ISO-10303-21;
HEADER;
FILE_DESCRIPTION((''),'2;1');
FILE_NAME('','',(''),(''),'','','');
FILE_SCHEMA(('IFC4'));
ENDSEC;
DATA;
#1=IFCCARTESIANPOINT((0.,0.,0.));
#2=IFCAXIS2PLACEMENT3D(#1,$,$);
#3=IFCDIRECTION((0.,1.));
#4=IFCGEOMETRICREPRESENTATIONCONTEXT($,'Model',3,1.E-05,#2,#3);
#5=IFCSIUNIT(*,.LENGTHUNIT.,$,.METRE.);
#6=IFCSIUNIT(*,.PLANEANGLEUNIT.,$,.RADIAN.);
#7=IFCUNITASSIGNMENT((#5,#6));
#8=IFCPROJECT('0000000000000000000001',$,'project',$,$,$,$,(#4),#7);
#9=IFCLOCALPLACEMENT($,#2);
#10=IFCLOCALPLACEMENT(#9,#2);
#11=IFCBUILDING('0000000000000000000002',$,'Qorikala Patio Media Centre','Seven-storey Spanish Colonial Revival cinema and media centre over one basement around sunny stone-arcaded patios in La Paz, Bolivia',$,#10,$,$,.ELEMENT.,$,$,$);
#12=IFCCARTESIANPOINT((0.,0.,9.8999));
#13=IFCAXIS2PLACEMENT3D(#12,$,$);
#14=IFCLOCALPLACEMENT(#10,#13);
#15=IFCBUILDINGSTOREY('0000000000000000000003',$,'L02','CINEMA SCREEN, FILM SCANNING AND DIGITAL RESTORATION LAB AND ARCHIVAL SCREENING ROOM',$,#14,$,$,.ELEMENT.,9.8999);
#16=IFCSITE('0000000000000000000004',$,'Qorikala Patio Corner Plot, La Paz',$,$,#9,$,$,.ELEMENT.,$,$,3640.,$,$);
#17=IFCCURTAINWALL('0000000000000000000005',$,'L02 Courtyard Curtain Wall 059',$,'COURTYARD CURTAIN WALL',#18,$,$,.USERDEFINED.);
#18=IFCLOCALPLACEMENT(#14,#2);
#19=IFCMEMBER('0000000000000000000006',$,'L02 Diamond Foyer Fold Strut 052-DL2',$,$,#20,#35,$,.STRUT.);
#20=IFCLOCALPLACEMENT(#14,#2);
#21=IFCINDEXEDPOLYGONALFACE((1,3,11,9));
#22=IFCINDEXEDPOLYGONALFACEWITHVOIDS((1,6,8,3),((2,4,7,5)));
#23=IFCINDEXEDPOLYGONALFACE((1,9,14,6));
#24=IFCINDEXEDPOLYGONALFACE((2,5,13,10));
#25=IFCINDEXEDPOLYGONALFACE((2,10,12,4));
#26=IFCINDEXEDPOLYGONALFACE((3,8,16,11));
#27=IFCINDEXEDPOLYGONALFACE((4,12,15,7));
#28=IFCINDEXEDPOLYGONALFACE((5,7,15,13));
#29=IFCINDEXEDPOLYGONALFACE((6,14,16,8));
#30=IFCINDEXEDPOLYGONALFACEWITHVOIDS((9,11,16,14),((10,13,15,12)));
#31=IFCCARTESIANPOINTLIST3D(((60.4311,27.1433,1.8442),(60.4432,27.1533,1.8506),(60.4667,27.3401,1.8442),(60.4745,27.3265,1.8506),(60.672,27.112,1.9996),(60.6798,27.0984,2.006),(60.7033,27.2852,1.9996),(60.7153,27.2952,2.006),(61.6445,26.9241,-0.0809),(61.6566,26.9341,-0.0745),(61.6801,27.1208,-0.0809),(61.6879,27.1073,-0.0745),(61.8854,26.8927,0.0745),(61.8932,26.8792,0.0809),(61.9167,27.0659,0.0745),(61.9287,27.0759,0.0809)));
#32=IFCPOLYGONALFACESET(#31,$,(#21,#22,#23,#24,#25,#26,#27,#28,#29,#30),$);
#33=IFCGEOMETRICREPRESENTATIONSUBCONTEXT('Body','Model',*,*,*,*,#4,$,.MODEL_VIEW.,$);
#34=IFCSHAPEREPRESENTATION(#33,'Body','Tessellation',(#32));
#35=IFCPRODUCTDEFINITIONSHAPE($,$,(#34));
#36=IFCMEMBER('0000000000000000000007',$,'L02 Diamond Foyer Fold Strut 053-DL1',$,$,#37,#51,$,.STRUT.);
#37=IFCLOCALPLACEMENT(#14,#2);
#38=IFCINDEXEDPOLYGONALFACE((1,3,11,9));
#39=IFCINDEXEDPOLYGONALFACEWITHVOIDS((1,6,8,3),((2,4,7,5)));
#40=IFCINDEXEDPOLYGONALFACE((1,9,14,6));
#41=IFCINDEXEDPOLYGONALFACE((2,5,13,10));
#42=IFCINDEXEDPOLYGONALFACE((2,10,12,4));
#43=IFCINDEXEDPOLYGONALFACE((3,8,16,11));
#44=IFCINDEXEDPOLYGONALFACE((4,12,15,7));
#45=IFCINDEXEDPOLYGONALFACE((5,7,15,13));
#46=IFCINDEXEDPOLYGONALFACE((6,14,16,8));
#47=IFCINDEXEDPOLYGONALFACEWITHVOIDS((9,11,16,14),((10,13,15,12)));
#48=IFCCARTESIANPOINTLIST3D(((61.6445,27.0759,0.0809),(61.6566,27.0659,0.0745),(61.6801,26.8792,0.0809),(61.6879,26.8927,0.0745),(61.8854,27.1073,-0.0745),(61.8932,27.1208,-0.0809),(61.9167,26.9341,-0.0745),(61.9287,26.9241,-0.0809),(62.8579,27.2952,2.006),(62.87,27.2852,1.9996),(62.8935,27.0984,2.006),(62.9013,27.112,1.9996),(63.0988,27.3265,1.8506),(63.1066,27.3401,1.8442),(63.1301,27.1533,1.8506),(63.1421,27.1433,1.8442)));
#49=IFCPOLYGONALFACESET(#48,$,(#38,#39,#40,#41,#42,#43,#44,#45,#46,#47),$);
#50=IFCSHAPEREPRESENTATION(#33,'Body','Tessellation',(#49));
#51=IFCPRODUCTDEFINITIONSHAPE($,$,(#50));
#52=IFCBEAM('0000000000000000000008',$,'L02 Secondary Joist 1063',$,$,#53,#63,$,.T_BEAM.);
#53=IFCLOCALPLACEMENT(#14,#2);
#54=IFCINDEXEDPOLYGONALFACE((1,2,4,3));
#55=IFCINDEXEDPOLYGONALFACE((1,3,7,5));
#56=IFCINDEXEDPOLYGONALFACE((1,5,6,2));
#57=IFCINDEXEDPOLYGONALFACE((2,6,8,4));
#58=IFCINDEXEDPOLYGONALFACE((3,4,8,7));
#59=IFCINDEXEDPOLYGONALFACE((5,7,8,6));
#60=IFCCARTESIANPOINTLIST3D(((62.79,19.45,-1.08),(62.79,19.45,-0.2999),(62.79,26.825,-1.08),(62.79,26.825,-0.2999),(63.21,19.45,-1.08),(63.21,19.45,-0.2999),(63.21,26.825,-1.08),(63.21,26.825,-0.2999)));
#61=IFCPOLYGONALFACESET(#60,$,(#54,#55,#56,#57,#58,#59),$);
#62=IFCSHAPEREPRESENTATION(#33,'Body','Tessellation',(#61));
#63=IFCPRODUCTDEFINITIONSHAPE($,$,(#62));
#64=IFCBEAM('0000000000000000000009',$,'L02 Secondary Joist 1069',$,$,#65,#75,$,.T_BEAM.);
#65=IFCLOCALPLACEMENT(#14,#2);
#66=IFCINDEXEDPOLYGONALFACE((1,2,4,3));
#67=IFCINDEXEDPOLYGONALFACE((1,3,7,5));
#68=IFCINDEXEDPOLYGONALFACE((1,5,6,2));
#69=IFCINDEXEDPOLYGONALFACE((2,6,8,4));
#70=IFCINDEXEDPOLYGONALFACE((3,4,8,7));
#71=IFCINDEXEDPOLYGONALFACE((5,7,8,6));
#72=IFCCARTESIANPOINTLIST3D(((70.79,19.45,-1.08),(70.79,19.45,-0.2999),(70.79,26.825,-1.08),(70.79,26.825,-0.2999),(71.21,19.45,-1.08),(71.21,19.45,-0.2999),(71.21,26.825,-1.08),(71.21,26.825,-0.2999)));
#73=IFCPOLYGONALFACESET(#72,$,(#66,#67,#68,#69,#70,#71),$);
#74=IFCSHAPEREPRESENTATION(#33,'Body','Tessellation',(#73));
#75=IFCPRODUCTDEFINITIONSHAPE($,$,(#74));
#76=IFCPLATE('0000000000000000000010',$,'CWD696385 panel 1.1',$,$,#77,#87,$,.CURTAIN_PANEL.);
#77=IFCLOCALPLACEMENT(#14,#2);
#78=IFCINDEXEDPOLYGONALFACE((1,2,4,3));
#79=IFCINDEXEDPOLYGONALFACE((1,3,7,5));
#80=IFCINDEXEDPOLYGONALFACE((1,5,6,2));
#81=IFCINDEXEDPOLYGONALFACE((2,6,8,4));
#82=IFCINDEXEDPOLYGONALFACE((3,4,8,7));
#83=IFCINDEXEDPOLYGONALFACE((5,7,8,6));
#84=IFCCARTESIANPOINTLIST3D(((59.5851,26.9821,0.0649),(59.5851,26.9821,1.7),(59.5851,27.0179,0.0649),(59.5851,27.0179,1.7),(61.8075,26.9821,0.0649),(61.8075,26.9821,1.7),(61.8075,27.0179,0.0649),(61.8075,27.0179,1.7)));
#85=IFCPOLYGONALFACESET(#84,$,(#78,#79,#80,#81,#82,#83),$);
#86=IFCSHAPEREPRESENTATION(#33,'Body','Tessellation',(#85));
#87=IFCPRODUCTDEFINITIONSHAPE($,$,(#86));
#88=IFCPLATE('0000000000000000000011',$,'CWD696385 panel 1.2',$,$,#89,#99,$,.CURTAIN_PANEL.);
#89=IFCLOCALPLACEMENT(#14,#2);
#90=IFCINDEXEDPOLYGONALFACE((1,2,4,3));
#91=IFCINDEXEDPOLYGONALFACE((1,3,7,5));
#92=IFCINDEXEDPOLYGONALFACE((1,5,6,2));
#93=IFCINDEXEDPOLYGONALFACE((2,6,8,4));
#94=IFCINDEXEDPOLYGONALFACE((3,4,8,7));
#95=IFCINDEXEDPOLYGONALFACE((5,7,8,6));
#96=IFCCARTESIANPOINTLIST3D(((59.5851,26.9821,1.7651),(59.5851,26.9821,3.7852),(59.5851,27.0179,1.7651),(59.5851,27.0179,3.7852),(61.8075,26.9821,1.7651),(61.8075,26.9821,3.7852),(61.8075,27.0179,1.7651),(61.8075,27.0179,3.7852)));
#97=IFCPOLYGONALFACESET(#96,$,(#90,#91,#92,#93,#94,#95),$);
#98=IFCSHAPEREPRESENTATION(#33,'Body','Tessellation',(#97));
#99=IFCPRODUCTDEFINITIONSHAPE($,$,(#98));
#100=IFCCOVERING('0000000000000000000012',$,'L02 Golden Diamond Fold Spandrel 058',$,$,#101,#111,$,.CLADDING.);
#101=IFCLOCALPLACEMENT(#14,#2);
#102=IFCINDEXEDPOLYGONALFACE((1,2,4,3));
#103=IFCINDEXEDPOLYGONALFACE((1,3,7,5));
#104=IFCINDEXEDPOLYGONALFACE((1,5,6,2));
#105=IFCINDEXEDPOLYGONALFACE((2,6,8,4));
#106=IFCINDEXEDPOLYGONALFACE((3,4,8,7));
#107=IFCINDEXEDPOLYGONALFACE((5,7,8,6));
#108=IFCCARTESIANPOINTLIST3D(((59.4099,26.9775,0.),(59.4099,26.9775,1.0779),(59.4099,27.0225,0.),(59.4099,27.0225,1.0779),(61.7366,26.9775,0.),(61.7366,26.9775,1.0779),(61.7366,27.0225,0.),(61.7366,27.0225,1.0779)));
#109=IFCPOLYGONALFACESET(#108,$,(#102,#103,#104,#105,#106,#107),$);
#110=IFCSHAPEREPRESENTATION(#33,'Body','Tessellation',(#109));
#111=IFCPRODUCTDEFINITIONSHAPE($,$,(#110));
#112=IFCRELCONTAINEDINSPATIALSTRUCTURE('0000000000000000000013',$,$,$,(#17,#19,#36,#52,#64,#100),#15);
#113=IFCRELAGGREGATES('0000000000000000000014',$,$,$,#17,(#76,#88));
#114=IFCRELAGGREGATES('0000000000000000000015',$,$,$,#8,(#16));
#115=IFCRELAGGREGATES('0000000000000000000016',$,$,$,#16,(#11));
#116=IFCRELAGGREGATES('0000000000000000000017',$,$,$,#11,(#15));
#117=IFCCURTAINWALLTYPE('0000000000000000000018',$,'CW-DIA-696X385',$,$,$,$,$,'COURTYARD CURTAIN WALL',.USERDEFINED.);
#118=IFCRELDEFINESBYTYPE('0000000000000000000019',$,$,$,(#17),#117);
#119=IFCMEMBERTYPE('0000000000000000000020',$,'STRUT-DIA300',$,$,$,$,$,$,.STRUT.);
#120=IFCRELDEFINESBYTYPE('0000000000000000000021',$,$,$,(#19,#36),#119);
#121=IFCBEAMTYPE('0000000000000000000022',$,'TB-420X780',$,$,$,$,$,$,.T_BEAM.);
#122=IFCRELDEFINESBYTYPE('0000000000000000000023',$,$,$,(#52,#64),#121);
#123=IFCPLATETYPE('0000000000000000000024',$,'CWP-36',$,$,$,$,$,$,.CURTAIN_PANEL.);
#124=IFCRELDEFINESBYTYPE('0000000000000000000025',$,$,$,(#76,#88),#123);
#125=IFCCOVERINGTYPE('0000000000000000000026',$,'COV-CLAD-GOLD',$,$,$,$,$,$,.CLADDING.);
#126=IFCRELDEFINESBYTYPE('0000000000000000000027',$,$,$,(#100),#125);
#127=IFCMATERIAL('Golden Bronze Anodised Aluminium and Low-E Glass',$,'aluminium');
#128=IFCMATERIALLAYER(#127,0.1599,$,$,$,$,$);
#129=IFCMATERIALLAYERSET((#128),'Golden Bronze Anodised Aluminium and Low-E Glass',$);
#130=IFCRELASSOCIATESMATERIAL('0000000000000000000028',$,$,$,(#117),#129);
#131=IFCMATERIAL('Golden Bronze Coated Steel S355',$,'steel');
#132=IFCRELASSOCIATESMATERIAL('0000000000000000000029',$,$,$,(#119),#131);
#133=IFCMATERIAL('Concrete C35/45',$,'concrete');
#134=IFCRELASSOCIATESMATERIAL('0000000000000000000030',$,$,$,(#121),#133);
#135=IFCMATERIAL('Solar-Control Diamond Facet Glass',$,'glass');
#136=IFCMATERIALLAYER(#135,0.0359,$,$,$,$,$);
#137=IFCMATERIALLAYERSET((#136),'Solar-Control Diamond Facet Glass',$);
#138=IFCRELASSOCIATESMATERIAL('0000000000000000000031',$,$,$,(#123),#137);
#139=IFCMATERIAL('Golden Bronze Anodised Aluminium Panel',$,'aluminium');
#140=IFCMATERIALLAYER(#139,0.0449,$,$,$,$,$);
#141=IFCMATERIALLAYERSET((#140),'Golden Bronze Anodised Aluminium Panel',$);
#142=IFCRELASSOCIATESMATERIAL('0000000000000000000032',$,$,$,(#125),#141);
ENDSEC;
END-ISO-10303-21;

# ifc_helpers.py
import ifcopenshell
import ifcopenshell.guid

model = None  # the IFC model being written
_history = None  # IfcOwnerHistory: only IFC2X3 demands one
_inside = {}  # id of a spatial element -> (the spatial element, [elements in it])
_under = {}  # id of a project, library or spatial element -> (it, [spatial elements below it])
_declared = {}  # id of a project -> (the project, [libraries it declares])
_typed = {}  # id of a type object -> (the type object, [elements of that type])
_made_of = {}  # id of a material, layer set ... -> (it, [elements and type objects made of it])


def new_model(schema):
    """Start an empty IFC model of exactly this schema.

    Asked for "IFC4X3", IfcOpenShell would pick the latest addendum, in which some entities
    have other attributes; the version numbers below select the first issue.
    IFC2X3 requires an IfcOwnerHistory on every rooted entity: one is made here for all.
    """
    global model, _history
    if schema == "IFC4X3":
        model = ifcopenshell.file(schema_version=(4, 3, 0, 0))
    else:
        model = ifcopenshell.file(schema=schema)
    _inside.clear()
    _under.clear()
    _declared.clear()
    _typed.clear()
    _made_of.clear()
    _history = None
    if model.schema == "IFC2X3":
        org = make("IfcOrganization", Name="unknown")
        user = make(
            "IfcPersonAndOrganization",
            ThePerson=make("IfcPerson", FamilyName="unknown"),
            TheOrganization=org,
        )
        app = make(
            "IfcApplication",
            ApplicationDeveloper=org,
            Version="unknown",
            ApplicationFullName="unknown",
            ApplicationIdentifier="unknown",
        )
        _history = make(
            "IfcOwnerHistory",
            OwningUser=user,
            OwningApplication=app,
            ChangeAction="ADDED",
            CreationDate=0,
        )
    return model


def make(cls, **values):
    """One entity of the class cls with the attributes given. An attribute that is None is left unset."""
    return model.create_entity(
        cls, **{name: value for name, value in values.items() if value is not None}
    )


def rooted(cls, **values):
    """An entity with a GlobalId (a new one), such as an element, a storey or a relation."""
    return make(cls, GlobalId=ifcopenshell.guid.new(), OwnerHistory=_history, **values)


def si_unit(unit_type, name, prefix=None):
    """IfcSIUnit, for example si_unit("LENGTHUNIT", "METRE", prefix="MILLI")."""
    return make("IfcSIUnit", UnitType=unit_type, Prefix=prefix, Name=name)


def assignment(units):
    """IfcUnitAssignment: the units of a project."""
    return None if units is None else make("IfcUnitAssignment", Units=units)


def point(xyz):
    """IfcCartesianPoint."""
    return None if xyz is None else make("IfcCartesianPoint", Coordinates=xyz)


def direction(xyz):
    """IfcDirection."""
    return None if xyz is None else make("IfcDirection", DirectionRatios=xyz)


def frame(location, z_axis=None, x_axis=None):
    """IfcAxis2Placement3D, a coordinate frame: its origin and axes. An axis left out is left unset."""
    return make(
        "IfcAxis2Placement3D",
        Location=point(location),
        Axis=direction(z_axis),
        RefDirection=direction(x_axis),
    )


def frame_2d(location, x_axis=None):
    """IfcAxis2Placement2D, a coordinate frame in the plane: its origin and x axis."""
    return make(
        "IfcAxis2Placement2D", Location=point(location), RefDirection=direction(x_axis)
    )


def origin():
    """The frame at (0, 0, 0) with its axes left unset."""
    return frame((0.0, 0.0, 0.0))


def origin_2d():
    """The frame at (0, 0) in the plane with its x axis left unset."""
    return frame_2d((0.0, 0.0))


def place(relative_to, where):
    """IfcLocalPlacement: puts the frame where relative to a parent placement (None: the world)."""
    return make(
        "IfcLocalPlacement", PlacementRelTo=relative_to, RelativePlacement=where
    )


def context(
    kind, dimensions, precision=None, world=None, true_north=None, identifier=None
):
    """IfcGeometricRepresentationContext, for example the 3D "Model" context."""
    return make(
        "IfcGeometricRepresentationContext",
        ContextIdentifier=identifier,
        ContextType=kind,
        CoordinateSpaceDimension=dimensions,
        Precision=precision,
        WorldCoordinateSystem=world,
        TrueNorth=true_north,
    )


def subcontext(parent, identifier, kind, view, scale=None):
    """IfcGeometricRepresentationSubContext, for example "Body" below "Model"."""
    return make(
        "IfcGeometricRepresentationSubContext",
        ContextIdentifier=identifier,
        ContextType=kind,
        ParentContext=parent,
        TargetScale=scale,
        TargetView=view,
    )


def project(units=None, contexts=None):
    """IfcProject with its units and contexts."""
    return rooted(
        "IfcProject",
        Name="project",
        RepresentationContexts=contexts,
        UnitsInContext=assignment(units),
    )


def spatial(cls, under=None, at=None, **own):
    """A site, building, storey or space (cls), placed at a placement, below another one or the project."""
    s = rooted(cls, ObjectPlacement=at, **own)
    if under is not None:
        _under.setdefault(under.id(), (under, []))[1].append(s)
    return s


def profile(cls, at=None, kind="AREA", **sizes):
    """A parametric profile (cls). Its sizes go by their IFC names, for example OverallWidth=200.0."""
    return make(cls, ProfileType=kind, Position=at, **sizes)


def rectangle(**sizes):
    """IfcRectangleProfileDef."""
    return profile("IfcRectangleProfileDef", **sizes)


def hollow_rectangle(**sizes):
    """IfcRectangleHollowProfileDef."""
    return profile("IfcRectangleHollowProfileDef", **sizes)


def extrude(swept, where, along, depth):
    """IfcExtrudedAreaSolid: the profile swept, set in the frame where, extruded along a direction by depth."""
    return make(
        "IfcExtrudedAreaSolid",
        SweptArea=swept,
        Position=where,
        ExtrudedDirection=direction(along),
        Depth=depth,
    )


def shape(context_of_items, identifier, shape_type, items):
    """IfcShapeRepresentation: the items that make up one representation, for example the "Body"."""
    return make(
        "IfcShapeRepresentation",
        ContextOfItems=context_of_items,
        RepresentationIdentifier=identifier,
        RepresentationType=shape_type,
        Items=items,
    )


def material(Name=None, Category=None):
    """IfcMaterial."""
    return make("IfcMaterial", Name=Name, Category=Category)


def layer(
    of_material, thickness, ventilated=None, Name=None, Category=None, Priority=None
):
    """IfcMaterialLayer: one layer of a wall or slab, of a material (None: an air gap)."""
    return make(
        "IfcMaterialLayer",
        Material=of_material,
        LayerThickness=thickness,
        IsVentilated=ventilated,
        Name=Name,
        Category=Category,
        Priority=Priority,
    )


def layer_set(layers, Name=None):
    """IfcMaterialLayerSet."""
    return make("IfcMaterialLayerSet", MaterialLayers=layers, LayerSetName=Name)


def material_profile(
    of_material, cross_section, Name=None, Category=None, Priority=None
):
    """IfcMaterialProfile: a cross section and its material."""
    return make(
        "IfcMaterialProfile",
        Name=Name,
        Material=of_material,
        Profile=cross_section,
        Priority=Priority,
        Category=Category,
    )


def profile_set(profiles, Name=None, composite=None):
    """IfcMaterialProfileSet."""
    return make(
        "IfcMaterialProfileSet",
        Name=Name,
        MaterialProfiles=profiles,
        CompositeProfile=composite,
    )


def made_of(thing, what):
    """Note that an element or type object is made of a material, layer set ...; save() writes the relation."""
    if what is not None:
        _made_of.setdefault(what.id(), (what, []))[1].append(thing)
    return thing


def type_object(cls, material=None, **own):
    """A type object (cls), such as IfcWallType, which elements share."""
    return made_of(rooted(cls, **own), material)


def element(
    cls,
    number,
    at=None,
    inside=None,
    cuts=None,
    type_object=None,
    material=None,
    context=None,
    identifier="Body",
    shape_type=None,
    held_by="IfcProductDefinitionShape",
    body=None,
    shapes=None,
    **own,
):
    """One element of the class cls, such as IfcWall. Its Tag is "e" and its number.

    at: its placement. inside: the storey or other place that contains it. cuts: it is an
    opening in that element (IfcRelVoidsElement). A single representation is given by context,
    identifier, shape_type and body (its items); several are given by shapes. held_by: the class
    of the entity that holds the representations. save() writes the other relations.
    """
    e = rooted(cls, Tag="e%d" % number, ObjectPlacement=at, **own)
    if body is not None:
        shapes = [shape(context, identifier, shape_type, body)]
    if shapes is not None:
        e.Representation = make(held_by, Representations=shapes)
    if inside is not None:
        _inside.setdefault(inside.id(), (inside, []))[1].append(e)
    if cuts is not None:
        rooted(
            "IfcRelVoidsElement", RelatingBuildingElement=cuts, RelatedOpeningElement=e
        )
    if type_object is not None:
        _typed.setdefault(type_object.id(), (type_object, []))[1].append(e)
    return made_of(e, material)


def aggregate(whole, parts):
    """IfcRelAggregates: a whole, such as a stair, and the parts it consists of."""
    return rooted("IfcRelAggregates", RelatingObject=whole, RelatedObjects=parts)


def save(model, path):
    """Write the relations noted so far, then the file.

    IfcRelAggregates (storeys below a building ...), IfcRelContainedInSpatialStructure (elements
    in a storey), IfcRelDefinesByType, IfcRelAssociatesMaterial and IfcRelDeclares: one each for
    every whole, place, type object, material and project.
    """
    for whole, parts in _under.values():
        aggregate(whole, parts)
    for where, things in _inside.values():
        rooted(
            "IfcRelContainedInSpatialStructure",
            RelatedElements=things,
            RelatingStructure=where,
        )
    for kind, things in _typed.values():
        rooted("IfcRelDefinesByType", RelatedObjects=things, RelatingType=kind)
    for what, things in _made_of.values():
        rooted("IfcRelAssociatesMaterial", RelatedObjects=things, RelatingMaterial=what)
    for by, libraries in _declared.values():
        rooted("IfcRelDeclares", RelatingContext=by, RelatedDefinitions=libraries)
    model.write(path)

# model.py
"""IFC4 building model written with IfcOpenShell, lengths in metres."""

from ifc_helpers import new_model, si_unit, direction, frame, origin, origin_2d, place, context, subcontext, project, spatial, rectangle, hollow_rectangle, extrude, material, layer, layer_set, material_profile, profile_set, type_object, element, aggregate, save


model = new_model("IFC4")

# Units and contexts
model_context = context("Model", 3, precision=1e-05, world=origin(), true_north=direction((0.0, 1.0)))
body_context = subcontext(model_context, "Body", "Model", "MODEL_VIEW")
ifc_project = project(units=[si_unit("LENGTHUNIT", "METRE"), si_unit("PLANEANGLEUNIT", "RADIAN")], contexts=[model_context])

# Site, building, storey
site_placement = place(None, origin())
site = spatial("IfcSite", under=ifc_project, at=site_placement, Name="Qorikala Patio Corner Plot, La Paz", CompositionType="ELEMENT", RefElevation=3640.0)
building_placement = place(site_placement, origin())
building = spatial("IfcBuilding", under=site, at=building_placement, Name="Qorikala Patio Media Centre", Description="Seven-storey Spanish Colonial Revival cinema and media centre over one basement around sunny stone-arcaded patios in La Paz, Bolivia", CompositionType="ELEMENT")
storey_placement = place(building_placement, frame((0.0, 0.0, 9.8999)))
storey = spatial("IfcBuildingStorey", under=building, at=storey_placement, Name="L02", Description="CINEMA SCREEN, FILM SCANNING AND DIGITAL RESTORATION LAB AND ARCHIVAL SCREENING ROOM", CompositionType="ELEMENT", Elevation=9.8999)

# Shared definitions
ifc_material_1 = material(Name="Concrete C35/45", Category="concrete")

# Shared definitions
ifc_material_2 = material(Name="Golden Bronze Coated Steel S355", Category="steel")

# Curtain wall
ifc_material_3 = material(Name="Golden Bronze Anodised Aluminium and Low-E Glass", Category="aluminium")
ifc_layer_1 = layer(ifc_material_3, 0.1599)
ifc_layer_set_1 = layer_set([ifc_layer_1], Name="Golden Bronze Anodised Aluminium and Low-E Glass")
curtain_wall_type = type_object("IfcCurtainWallType", Name="CW-DIA-696X385", ElementType="COURTYARD CURTAIN WALL", PredefinedType="USERDEFINED", material=ifc_layer_set_1)
curtain_wall_placement = place(storey_placement, origin())
curtain_wall = element("IfcCurtainWall", 1, at=curtain_wall_placement, inside=storey, type_object=curtain_wall_type, Name="L02 Courtyard Curtain Wall 059", ObjectType="COURTYARD CURTAIN WALL", PredefinedType="USERDEFINED")

# Members
ifc_material_profile_1 = material_profile(ifc_material_2, hollow_rectangle(XDim=0.2, YDim=0.3, WallThickness=0.012, at=origin_2d()), Name="HSS300X200X12")
ifc_profile_set_1 = profile_set([ifc_material_profile_1], Name="Golden Bronze Coated Steel S355")
member_type_1 = type_object("IfcMemberType", Name="STRUT-DIA300", PredefinedType="STRUT", material=ifc_profile_set_1)
for number, where, z_axis, x_axis, name in (
    (2, (61.7866, 27.0, 0.0), (-0.530768, 0.095901, 0.842074), (-0.177805, -0.984066, 0.0), "L02 Diamond Foyer Fold Strut 052-DL2"),
    (3, (61.7866, 27.0, 0.0), (0.530768, 0.095901, 0.842074), (-0.177805, 0.984066, 0.0), "L02 Diamond Foyer Fold Strut 053-DL1"),
):
    element("IfcMember", number, at=place(storey_placement, frame(where, z_axis=z_axis, x_axis=x_axis)), inside=storey, type_object=member_type_1, Name=name, PredefinedType="STRUT", context=body_context, shape_type="SweptSolid", body=[
        extrude(hollow_rectangle(XDim=0.2, YDim=0.3, WallThickness=0.012, at=origin_2d()), origin(), (0.0, 0.0, 1.0), 2.2861),
    ])

# Beams
ifc_material_profile_2 = material_profile(ifc_material_1, rectangle(XDim=0.4199, YDim=0.78, at=origin_2d()), Name="RC 420x780")
ifc_profile_set_2 = profile_set([ifc_material_profile_2], Name="Concrete C35/45")
beam_type_1 = type_object("IfcBeamType", Name="TB-420X780", PredefinedType="T_BEAM", material=ifc_profile_set_2)
for number, where, z_axis, x_axis, name in (
    (4, (63.0, 19.45, -0.6899), (0.0, 1.0, 0.0), (-1.0, 0.0, 0.0), "L02 Secondary Joist 1063"),
    (5, (71.0, 19.45, -0.6899), (0.0, 1.0, 0.0), (-1.0, 0.0, 0.0), "L02 Secondary Joist 1069"),
):
    element("IfcBeam", number, at=place(storey_placement, frame(where, z_axis=z_axis, x_axis=x_axis)), inside=storey, type_object=beam_type_1, Name=name, PredefinedType="T_BEAM", context=body_context, shape_type="SweptSolid", body=[
        extrude(rectangle(XDim=0.4199, YDim=0.78, at=origin_2d()), origin(), (0.0, 0.0, 1.0), 7.375),
    ])

# Plates
ifc_material_4 = material(Name="Solar-Control Diamond Facet Glass", Category="glass")
ifc_layer_2 = layer(ifc_material_4, 0.0359)
ifc_layer_set_2 = layer_set([ifc_layer_2], Name="Solar-Control Diamond Facet Glass")
plate_type = type_object("IfcPlateType", Name="CWP-36", PredefinedType="CURTAIN_PANEL", material=ifc_layer_set_2)
plate_1_placement = place(storey_placement, frame((60.6963, 27.0, 0.0649), z_axis=(0.0, 0.0, 1.0), x_axis=(1.0, 0.0, 0.0)))
plate_1 = element("IfcPlate", 6, at=plate_1_placement, type_object=plate_type, Name="CWD696385 panel 1.1", PredefinedType="CURTAIN_PANEL", context=body_context, shape_type="SweptSolid", body=[
    extrude(rectangle(XDim=2.2224, YDim=0.0359, at=origin_2d()), origin(), (0.0, 0.0, 1.0), 1.635),
])
plate_2_placement = place(storey_placement, frame((60.6963, 27.0, 1.7651), z_axis=(0.0, 0.0, 1.0), x_axis=(1.0, 0.0, 0.0)))
plate_2 = element("IfcPlate", 7, at=plate_2_placement, type_object=plate_type, Name="CWD696385 panel 1.2", PredefinedType="CURTAIN_PANEL", context=body_context, shape_type="SweptSolid", body=[
    extrude(rectangle(XDim=2.2224, YDim=0.0359, at=origin_2d()), origin(), (0.0, 0.0, 1.0), 2.02),
])
aggregate(curtain_wall, [plate_1, plate_2])

# Covering
ifc_material_5 = material(Name="Golden Bronze Anodised Aluminium Panel", Category="aluminium")
ifc_layer_3 = layer(ifc_material_5, 0.0449)
ifc_layer_set_3 = layer_set([ifc_layer_3], Name="Golden Bronze Anodised Aluminium Panel")
covering_type = type_object("IfcCoveringType", Name="COV-CLAD-GOLD", PredefinedType="CLADDING", material=ifc_layer_set_3)
covering_placement = place(storey_placement, frame((60.5732, 27.0, 0.0), z_axis=(0.0, 0.0, 1.0), x_axis=(1.0, 0.0, 0.0)))
element("IfcCovering", 8, at=covering_placement, inside=storey, type_object=covering_type, Name="L02 Golden Diamond Fold Spandrel 058", PredefinedType="CLADDING", context=body_context, shape_type="SweptSolid", body=[
    extrude(rectangle(XDim=2.3267, YDim=0.0449, at=origin_2d()), origin(), (0.0, 0.0, 1.0), 1.0779),
])

save(model, "model.ifc")
